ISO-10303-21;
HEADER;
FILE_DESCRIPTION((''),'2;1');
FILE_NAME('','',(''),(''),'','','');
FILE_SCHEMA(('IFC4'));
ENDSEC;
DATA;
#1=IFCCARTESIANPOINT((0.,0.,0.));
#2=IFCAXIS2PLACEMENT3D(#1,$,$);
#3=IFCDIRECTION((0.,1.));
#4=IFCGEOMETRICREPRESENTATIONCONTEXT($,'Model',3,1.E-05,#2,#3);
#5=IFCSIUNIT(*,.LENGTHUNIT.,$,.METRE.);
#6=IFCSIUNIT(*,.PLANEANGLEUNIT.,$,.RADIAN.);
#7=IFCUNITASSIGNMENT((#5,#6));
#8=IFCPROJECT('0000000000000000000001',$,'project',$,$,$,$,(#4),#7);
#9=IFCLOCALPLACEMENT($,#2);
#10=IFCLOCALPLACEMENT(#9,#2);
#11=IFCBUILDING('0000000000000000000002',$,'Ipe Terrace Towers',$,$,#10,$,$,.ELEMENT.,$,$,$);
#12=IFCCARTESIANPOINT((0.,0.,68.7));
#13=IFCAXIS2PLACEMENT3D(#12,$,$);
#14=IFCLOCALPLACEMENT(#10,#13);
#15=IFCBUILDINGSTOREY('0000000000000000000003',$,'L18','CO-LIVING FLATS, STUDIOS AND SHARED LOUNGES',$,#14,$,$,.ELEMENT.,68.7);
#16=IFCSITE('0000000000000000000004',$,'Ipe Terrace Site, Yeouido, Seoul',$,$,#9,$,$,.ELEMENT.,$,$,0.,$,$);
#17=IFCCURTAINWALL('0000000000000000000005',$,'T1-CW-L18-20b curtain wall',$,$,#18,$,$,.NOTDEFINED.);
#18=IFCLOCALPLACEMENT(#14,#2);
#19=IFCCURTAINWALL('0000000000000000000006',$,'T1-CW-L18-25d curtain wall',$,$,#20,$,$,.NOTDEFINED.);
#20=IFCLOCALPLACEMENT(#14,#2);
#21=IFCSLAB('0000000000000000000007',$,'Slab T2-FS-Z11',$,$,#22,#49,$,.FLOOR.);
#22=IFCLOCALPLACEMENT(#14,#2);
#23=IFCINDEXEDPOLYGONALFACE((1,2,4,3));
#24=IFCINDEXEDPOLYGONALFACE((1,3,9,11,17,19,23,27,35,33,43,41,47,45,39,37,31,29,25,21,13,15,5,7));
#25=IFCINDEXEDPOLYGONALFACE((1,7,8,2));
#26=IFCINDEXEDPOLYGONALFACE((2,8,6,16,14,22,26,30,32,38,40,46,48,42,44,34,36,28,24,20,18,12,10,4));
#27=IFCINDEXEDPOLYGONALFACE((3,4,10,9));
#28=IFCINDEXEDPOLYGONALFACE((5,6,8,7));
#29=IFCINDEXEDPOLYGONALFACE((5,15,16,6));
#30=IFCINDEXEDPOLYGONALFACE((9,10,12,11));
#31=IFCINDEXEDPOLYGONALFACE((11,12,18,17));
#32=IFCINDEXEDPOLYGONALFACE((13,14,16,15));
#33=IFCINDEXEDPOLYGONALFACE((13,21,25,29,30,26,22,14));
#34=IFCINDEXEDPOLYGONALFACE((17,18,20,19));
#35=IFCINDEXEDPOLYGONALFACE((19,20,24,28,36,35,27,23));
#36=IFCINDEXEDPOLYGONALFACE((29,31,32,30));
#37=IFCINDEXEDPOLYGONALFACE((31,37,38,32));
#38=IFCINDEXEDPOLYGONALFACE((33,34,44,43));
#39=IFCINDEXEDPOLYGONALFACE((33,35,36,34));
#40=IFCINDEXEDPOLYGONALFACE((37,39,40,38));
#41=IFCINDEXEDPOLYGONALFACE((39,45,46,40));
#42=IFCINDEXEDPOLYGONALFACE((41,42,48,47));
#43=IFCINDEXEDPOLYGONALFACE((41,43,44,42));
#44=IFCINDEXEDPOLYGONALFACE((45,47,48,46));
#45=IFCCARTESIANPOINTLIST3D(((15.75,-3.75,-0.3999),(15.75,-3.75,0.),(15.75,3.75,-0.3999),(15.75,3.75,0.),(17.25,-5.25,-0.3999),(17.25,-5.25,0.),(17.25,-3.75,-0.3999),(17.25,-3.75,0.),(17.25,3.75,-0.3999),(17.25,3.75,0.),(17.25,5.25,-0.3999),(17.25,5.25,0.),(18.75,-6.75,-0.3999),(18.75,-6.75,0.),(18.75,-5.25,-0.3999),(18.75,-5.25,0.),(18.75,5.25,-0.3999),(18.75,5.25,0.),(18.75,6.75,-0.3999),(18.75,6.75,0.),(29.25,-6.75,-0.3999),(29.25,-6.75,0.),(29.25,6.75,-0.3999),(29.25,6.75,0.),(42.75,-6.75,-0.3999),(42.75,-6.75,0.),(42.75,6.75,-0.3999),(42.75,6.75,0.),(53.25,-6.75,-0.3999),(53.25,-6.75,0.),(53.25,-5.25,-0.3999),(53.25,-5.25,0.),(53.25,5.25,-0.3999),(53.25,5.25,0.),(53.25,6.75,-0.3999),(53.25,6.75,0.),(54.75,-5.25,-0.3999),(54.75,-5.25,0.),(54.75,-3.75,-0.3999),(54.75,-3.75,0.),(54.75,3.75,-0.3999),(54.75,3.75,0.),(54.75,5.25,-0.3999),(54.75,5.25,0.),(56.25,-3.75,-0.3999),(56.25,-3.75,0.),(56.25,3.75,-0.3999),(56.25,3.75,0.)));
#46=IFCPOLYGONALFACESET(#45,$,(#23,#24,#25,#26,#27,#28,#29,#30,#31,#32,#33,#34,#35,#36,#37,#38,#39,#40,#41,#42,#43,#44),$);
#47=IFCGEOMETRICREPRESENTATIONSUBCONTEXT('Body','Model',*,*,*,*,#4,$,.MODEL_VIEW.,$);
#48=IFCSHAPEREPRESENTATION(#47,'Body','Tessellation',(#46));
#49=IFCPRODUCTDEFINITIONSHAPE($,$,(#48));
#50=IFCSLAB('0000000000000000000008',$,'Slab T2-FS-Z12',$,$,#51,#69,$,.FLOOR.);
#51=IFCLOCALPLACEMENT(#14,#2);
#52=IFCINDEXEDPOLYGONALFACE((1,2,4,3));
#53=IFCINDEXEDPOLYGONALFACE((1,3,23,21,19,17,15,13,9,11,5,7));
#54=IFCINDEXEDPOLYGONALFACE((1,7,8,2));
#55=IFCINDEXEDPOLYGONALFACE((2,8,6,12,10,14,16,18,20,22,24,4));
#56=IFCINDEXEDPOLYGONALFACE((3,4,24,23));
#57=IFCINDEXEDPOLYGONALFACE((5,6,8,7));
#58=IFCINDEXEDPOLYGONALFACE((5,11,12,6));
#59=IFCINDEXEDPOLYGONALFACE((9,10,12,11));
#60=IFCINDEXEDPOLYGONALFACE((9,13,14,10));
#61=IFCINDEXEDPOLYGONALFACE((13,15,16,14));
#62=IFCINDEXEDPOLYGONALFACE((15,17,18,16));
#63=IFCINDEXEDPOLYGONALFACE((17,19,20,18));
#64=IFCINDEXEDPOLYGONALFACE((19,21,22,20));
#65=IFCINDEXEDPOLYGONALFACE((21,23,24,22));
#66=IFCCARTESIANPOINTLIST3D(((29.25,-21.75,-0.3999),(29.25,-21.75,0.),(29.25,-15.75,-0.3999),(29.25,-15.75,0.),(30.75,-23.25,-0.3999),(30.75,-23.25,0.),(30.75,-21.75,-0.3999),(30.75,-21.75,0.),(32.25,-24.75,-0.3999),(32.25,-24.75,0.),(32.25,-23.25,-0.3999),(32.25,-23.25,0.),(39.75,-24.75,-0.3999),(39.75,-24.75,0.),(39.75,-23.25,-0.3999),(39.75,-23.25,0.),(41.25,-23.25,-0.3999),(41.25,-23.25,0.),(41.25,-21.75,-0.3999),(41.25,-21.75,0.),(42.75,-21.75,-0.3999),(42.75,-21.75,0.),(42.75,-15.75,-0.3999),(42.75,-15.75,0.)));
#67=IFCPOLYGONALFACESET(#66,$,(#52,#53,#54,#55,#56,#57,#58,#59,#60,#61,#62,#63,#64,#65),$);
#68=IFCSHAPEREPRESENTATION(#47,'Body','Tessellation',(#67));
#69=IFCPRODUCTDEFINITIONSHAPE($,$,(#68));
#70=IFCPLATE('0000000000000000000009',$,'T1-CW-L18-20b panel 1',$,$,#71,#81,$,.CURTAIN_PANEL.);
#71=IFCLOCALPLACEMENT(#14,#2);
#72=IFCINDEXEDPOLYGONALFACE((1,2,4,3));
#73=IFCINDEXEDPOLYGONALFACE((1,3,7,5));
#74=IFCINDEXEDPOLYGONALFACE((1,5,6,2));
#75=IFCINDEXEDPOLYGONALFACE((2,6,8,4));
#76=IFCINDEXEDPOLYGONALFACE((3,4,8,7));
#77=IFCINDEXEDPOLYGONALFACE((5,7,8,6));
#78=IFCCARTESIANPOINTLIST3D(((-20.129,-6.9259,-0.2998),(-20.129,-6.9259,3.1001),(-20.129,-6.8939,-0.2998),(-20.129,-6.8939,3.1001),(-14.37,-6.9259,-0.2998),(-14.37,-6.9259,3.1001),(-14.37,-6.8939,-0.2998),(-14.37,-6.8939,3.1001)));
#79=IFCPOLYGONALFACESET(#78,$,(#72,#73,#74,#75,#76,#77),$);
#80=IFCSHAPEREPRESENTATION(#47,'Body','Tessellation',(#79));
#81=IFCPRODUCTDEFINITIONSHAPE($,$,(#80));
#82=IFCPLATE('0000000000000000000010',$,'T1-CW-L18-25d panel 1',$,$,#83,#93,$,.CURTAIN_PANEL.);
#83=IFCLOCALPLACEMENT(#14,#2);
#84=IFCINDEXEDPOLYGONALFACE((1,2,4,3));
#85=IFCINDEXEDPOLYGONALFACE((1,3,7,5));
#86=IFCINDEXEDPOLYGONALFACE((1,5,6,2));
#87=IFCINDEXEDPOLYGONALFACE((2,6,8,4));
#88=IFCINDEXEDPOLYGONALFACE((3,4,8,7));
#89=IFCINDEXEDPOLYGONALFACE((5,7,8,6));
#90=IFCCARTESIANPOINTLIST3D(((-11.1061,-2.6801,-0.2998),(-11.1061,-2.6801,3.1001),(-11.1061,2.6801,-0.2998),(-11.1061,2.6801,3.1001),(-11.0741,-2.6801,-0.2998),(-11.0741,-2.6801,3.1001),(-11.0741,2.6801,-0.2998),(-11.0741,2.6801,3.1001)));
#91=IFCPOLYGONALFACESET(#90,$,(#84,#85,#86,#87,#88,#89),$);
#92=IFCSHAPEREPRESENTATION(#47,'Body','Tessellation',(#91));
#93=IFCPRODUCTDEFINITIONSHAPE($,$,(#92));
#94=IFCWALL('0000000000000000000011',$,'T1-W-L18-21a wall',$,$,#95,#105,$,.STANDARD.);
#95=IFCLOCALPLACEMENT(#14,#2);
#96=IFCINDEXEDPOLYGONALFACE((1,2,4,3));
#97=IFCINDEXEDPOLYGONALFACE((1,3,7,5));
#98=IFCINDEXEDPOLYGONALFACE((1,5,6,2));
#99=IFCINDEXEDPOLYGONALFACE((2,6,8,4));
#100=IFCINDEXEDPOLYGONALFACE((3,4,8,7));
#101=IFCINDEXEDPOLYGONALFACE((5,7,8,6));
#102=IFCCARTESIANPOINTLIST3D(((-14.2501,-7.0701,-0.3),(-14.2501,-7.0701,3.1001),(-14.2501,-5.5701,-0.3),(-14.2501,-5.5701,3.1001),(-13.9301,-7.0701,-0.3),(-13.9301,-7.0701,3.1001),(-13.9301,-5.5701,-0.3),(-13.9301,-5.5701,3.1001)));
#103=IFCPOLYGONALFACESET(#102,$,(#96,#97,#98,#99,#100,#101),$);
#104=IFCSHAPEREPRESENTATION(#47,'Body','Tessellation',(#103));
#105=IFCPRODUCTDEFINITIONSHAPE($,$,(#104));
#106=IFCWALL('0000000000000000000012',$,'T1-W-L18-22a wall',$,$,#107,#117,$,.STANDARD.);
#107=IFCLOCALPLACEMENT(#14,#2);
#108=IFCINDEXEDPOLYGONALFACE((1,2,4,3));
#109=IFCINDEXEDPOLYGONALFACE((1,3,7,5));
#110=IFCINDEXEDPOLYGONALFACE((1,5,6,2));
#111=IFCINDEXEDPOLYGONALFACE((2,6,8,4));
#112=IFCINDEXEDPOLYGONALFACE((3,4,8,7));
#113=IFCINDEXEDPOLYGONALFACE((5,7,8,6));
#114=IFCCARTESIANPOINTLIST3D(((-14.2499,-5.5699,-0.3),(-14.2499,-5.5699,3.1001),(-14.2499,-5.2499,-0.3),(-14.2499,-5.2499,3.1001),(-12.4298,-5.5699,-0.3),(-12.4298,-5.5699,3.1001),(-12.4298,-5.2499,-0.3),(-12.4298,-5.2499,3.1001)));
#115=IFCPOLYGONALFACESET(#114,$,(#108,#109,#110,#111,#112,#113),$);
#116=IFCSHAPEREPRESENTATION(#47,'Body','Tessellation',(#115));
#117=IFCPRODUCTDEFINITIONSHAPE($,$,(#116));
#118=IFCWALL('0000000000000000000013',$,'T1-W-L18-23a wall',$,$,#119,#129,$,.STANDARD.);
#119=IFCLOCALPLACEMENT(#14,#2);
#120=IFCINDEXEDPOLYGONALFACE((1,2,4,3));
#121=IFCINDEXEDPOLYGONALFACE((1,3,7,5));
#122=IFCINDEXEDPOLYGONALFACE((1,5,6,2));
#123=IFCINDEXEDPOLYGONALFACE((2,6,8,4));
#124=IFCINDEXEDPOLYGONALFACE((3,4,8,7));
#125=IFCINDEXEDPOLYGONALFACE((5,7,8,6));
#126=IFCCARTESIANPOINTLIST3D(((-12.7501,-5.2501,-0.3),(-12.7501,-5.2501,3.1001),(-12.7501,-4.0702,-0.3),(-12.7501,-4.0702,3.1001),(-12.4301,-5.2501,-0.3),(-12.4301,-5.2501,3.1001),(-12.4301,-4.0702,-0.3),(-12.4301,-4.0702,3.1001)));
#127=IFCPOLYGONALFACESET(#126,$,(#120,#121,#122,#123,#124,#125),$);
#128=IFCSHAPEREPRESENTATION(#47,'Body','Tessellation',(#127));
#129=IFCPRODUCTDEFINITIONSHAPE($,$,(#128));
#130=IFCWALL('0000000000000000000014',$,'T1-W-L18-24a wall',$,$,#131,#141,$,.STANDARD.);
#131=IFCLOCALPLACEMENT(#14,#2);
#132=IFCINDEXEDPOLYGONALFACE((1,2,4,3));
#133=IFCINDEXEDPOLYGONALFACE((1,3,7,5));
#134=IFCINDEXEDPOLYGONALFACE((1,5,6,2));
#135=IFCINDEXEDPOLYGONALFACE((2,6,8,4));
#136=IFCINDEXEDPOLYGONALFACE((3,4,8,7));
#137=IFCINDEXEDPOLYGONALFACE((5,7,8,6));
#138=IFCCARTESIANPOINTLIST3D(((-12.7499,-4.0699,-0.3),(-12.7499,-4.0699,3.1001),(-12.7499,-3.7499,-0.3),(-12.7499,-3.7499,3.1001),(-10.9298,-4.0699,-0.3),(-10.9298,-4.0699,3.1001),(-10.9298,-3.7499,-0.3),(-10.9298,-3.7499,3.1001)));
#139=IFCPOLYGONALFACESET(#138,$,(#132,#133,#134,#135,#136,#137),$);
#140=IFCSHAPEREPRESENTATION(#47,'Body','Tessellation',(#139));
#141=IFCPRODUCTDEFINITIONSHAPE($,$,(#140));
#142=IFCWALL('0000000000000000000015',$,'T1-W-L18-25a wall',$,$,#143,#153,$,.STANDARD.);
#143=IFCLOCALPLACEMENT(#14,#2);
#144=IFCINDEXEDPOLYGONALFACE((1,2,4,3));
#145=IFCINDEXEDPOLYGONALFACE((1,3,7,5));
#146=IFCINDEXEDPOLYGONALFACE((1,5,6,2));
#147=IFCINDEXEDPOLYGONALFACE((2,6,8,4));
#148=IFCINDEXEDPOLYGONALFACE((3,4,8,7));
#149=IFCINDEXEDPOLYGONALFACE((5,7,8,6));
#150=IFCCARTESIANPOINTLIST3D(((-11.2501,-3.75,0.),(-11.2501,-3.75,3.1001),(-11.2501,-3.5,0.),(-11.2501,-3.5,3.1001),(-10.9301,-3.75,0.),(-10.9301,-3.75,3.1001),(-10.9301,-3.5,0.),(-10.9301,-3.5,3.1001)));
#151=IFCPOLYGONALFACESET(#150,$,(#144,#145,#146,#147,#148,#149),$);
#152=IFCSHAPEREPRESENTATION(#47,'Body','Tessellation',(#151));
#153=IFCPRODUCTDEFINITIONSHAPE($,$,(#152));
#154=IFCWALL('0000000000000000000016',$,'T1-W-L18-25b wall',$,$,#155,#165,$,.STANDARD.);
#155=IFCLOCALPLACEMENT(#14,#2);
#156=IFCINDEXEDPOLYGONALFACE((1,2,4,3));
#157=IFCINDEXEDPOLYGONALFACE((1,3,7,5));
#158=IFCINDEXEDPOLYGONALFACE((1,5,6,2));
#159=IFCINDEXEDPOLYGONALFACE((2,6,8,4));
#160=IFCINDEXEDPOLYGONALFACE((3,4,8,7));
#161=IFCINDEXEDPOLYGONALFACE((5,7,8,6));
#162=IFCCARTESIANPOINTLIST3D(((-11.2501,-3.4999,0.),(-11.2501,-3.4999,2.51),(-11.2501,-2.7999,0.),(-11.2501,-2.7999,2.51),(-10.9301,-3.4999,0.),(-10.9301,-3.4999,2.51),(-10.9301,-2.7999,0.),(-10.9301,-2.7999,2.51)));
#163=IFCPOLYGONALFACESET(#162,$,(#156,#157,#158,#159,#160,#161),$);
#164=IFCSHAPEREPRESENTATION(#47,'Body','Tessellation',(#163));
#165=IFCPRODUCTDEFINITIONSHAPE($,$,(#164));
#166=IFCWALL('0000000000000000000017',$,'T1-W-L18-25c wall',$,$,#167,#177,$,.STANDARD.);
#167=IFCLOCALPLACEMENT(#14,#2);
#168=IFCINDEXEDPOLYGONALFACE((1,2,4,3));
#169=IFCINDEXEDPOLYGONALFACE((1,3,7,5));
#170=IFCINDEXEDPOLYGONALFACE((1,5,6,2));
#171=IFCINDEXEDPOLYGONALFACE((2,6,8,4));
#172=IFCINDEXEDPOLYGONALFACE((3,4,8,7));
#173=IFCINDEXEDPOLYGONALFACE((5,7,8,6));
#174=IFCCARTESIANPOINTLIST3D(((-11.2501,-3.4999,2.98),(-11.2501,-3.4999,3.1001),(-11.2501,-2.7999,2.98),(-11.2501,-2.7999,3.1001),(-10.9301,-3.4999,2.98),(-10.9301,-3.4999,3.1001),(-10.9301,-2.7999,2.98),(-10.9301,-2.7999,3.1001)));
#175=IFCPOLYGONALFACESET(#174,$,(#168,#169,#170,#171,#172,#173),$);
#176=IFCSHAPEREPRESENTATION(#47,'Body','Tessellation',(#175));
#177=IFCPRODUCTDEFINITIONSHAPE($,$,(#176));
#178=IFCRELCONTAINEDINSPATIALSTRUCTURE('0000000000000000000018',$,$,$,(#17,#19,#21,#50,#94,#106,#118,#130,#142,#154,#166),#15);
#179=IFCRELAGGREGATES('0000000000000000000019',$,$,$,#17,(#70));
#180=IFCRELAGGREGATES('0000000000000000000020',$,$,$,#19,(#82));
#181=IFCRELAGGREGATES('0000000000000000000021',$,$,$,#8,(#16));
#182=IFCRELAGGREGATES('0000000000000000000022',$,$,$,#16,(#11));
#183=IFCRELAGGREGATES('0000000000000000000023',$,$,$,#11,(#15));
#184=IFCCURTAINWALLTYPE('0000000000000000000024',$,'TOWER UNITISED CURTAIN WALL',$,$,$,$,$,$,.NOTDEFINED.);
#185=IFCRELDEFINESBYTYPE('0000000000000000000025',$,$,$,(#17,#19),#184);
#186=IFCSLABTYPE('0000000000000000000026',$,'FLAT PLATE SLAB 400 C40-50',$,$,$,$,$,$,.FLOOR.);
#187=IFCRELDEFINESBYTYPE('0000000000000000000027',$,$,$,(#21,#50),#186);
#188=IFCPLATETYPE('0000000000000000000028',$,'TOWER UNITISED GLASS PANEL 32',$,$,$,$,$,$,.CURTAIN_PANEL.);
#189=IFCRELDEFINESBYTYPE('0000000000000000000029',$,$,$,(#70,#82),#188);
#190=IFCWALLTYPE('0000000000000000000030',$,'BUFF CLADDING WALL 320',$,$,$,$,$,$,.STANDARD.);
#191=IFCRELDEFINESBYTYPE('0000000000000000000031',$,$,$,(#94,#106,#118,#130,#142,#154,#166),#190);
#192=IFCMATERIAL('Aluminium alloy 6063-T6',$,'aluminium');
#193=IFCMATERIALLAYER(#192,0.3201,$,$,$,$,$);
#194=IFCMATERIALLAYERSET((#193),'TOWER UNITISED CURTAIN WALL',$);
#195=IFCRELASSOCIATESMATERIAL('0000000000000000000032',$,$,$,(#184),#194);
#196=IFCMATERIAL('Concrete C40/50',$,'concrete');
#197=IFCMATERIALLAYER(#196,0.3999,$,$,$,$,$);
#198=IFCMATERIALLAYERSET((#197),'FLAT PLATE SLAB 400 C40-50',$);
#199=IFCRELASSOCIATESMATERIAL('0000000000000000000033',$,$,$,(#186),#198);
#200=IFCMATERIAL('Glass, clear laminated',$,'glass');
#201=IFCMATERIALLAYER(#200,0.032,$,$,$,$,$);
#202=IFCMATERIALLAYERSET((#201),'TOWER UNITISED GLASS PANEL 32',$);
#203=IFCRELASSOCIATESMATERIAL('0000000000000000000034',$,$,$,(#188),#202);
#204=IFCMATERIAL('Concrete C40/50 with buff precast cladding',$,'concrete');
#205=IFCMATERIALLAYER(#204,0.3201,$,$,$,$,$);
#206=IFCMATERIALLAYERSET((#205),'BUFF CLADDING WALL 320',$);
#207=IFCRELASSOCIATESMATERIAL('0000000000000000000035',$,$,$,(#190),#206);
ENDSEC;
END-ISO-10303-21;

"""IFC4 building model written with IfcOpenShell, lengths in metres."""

from ifc_helpers import new_model, si_unit, direction, frame, frame_2d, origin, origin_2d, place, context, subcontext, project, spatial, polyline, rectangle, outline, extrude, material, layer, layer_set, type_object, element, aggregate, save


model = new_model("IFC4")

# Units and contexts
model_context = context("Model", 3, precision=1e-05, world=origin(), true_north=direction((0.0, 1.0)))
body_context = subcontext(model_context, "Body", "Model", "MODEL_VIEW")
ifc_project = project(units=[si_unit("LENGTHUNIT", "METRE"), si_unit("PLANEANGLEUNIT", "RADIAN")], contexts=[model_context])

# Site, building, storey
site_placement = place(None, origin())
site = spatial("IfcSite", under=ifc_project, at=site_placement, Name="Ipe Terrace Site, Yeouido, Seoul", CompositionType="ELEMENT", RefElevation=0.0)
building_placement = place(site_placement, origin())
building = spatial("IfcBuilding", under=site, at=building_placement, Name="Ipe Terrace Towers", CompositionType="ELEMENT")
storey_placement = place(building_placement, frame((0.0, 0.0, 68.7)))
storey = spatial("IfcBuildingStorey", under=building, at=storey_placement, Name="L18", Description="CO-LIVING FLATS, STUDIOS AND SHARED LOUNGES", CompositionType="ELEMENT", Elevation=68.7)

# Curtain wall
ifc_material_1 = material(Name="Aluminium alloy 6063-T6", Category="aluminium")
ifc_layer_1 = layer(ifc_material_1, 0.3201)
ifc_layer_set_1 = layer_set([ifc_layer_1], Name="TOWER UNITISED CURTAIN WALL")
curtain_wall_type = type_object("IfcCurtainWallType", Name="TOWER UNITISED CURTAIN WALL", PredefinedType="NOTDEFINED", material=ifc_layer_set_1)
curtain_wall_1_placement = place(storey_placement, origin())
curtain_wall_1 = element("IfcCurtainWall", 1, at=curtain_wall_1_placement, inside=storey, type_object=curtain_wall_type, Name="T1-CW-L18-20b curtain wall", PredefinedType="NOTDEFINED")

# Curtain wall
curtain_wall_2_placement = place(storey_placement, origin())
curtain_wall_2 = element("IfcCurtainWall", 2, at=curtain_wall_2_placement, inside=storey, type_object=curtain_wall_type, Name="T1-CW-L18-25d curtain wall", PredefinedType="NOTDEFINED")

# Slabs
ifc_material_2 = material(Name="Concrete C40/50", Category="concrete")
ifc_layer_2 = layer(ifc_material_2, 0.3999)
ifc_layer_set_2 = layer_set([ifc_layer_2], Name="FLAT PLATE SLAB 400 C40-50")
slab_type = type_object("IfcSlabType", Name="FLAT PLATE SLAB 400 C40-50", PredefinedType="FLOOR", material=ifc_layer_set_2)
slab_1_placement = place(storey_placement, frame((0.0, 0.0, -0.3999)))
element("IfcSlab", 3, at=slab_1_placement, inside=storey, type_object=slab_type, Name="Slab T2-FS-Z11", PredefinedType="FLOOR", context=body_context, shape_type="SweptSolid", body=[
    extrude(outline(polyline([(53.25, 5.25), (54.75, 5.25), (54.75, 3.75), (56.25, 3.75), (56.25, -3.75), (54.75, -3.75), (54.75, -5.25), (53.25, -5.25), (53.25, -6.75), (42.75, -6.75), (29.25, -6.75), (18.75, -6.75), (18.75, -5.25), (17.25, -5.25), (17.25, -3.75), (15.75, -3.75), (15.75, 3.75), (17.25, 3.75), (17.25, 5.25), (18.75, 5.25), (18.75, 6.75), (29.25, 6.75), (42.75, 6.75), (53.25, 6.75), (53.25, 5.25)])), origin(), (0.0, 0.0, 1.0), 0.3999),
])
slab_2_placement = place(storey_placement, frame((0.0, 0.0, -0.3999)))
element("IfcSlab", 4, at=slab_2_placement, inside=storey, type_object=slab_type, Name="Slab T2-FS-Z12", PredefinedType="FLOOR", context=body_context, shape_type="SweptSolid", body=[
    extrude(outline(polyline([(42.75, -21.75), (41.25, -21.75), (41.25, -23.25), (39.75, -23.25), (39.75, -24.75), (32.25, -24.75), (32.25, -23.25), (30.75, -23.25), (30.75, -21.75), (29.25, -21.75), (29.25, -15.75), (42.75, -15.75), (42.75, -21.75)])), origin(), (0.0, 0.0, 1.0), 0.3999),
])

# Plates
ifc_material_3 = material(Name="Glass, clear laminated", Category="glass")
ifc_layer_3 = layer(ifc_material_3, 0.032)
ifc_layer_set_3 = layer_set([ifc_layer_3], Name="TOWER UNITISED GLASS PANEL 32")
plate_type = type_object("IfcPlateType", Name="TOWER UNITISED GLASS PANEL 32", PredefinedType="CURTAIN_PANEL", material=ifc_layer_set_3)
plate_1_placement = place(storey_placement, frame((-17.2495, -6.9099, -0.2998), z_axis=(0.0, 0.0, 1.0), x_axis=(1.0, 0.0, 0.0)))
plate_1 = element("IfcPlate", 5, at=plate_1_placement, type_object=plate_type, Name="T1-CW-L18-20b panel 1", PredefinedType="CURTAIN_PANEL", context=body_context, shape_type="SweptSolid", body=[
    extrude(rectangle(XDim=5.759, YDim=0.032, at=origin_2d()), origin(), (0.0, 0.0, 1.0), 3.3999),
])
aggregate(curtain_wall_1, [plate_1])
plate_2_placement = place(storey_placement, frame((-11.0901, 0.0, -0.2998), z_axis=(0.0, 0.0, 1.0), x_axis=(0.0, 1.0, 0.0)))
plate_2 = element("IfcPlate", 6, at=plate_2_placement, type_object=plate_type, Name="T1-CW-L18-25d panel 1", PredefinedType="CURTAIN_PANEL", context=body_context, shape_type="SweptSolid", body=[
    extrude(rectangle(XDim=5.3601, YDim=0.032, at=origin_2d()), origin(), (0.0, 0.0, 1.0), 3.3999),
])
aggregate(curtain_wall_2, [plate_2])

# Walls
ifc_material_4 = material(Name="Concrete C40/50 with buff precast cladding", Category="concrete")
ifc_layer_4 = layer(ifc_material_4, 0.3201)
ifc_layer_set_4 = layer_set([ifc_layer_4], Name="BUFF CLADDING WALL 320")
wall_type_1 = type_object("IfcWallType", Name="BUFF CLADDING WALL 320", PredefinedType="STANDARD", material=ifc_layer_set_4)
wall_1_placement = place(storey_placement, frame((-14.0901, -7.0701, -0.3), z_axis=(0.0, 0.0, 1.0), x_axis=(0.0, 1.0, 0.0)))
element("IfcWall", 7, at=wall_1_placement, inside=storey, type_object=wall_type_1, Name="T1-W-L18-21a wall", PredefinedType="STANDARD", context=body_context, shape_type="SweptSolid", body=[
    extrude(rectangle(XDim=1.5, YDim=0.3201, at=frame_2d((0.75, 0.0))), origin(), (0.0, 0.0, 1.0), 3.4001),
])
wall_2_placement = place(storey_placement, frame((-14.25, -5.4099, -0.3), z_axis=(0.0, 0.0, 1.0), x_axis=(1.0, 0.0, 0.0)))
element("IfcWall", 8, at=wall_2_placement, inside=storey, type_object=wall_type_1, Name="T1-W-L18-22a wall", PredefinedType="STANDARD", context=body_context, shape_type="SweptSolid", body=[
    extrude(rectangle(XDim=1.8201, YDim=0.3201, at=frame_2d((0.9102, 0.0))), origin(), (0.0, 0.0, 1.0), 3.4001),
])
wall_3_placement = place(storey_placement, frame((-12.5901, -5.25, -0.3), z_axis=(0.0, 0.0, 1.0), x_axis=(0.0, 1.0, 0.0)))
element("IfcWall", 9, at=wall_3_placement, inside=storey, type_object=wall_type_1, Name="T1-W-L18-23a wall", PredefinedType="STANDARD", context=body_context, shape_type="SweptSolid", body=[
    extrude(rectangle(XDim=1.1799, YDim=0.3201, at=frame_2d((0.5898, 0.0))), origin(), (0.0, 0.0, 1.0), 3.4001),
])
wall_4_placement = place(storey_placement, frame((-12.75, -3.9099, -0.3), z_axis=(0.0, 0.0, 1.0), x_axis=(1.0, 0.0, 0.0)))
element("IfcWall", 10, at=wall_4_placement, inside=storey, type_object=wall_type_1, Name="T1-W-L18-24a wall", PredefinedType="STANDARD", context=body_context, shape_type="SweptSolid", body=[
    extrude(rectangle(XDim=1.8201, YDim=0.3201, at=frame_2d((0.9102, 0.0))), origin(), (0.0, 0.0, 1.0), 3.4001),
])
wall_5_placement = place(storey_placement, frame((-11.0901, -3.75, 0.0), z_axis=(0.0, 0.0, 1.0), x_axis=(0.0, 1.0, 0.0)))
element("IfcWall", 11, at=wall_5_placement, inside=storey, type_object=wall_type_1, Name="T1-W-L18-25a wall", PredefinedType="STANDARD", context=body_context, shape_type="SweptSolid", body=[
    extrude(rectangle(XDim=0.25, YDim=0.3201, at=frame_2d((0.125, 0.0))), origin(), (0.0, 0.0, 1.0), 3.1001),
])
wall_6_placement = place(storey_placement, frame((-11.0901, -3.5, 0.0), z_axis=(0.0, 0.0, 1.0), x_axis=(0.0, 1.0, 0.0)))
element("IfcWall", 12, at=wall_6_placement, inside=storey, type_object=wall_type_1, Name="T1-W-L18-25b wall", PredefinedType="STANDARD", context=body_context, shape_type="SweptSolid", body=[
    extrude(rectangle(XDim=0.7, YDim=0.3201, at=frame_2d((0.3501, 0.0))), origin(), (0.0, 0.0, 1.0), 2.51),
])
wall_7_placement = place(storey_placement, frame((-11.0901, -3.5, 2.98), z_axis=(0.0, 0.0, 1.0), x_axis=(0.0, 1.0, 0.0)))
element("IfcWall", 13, at=wall_7_placement, inside=storey, type_object=wall_type_1, Name="T1-W-L18-25c wall", PredefinedType="STANDARD", context=body_context, shape_type="SweptSolid", body=[
    extrude(rectangle(XDim=0.7, YDim=0.3201, at=frame_2d((0.3501, 0.0))), origin(), (0.0, 0.0, 1.0), 0.1201),
])

save(model, "model.ifc")
